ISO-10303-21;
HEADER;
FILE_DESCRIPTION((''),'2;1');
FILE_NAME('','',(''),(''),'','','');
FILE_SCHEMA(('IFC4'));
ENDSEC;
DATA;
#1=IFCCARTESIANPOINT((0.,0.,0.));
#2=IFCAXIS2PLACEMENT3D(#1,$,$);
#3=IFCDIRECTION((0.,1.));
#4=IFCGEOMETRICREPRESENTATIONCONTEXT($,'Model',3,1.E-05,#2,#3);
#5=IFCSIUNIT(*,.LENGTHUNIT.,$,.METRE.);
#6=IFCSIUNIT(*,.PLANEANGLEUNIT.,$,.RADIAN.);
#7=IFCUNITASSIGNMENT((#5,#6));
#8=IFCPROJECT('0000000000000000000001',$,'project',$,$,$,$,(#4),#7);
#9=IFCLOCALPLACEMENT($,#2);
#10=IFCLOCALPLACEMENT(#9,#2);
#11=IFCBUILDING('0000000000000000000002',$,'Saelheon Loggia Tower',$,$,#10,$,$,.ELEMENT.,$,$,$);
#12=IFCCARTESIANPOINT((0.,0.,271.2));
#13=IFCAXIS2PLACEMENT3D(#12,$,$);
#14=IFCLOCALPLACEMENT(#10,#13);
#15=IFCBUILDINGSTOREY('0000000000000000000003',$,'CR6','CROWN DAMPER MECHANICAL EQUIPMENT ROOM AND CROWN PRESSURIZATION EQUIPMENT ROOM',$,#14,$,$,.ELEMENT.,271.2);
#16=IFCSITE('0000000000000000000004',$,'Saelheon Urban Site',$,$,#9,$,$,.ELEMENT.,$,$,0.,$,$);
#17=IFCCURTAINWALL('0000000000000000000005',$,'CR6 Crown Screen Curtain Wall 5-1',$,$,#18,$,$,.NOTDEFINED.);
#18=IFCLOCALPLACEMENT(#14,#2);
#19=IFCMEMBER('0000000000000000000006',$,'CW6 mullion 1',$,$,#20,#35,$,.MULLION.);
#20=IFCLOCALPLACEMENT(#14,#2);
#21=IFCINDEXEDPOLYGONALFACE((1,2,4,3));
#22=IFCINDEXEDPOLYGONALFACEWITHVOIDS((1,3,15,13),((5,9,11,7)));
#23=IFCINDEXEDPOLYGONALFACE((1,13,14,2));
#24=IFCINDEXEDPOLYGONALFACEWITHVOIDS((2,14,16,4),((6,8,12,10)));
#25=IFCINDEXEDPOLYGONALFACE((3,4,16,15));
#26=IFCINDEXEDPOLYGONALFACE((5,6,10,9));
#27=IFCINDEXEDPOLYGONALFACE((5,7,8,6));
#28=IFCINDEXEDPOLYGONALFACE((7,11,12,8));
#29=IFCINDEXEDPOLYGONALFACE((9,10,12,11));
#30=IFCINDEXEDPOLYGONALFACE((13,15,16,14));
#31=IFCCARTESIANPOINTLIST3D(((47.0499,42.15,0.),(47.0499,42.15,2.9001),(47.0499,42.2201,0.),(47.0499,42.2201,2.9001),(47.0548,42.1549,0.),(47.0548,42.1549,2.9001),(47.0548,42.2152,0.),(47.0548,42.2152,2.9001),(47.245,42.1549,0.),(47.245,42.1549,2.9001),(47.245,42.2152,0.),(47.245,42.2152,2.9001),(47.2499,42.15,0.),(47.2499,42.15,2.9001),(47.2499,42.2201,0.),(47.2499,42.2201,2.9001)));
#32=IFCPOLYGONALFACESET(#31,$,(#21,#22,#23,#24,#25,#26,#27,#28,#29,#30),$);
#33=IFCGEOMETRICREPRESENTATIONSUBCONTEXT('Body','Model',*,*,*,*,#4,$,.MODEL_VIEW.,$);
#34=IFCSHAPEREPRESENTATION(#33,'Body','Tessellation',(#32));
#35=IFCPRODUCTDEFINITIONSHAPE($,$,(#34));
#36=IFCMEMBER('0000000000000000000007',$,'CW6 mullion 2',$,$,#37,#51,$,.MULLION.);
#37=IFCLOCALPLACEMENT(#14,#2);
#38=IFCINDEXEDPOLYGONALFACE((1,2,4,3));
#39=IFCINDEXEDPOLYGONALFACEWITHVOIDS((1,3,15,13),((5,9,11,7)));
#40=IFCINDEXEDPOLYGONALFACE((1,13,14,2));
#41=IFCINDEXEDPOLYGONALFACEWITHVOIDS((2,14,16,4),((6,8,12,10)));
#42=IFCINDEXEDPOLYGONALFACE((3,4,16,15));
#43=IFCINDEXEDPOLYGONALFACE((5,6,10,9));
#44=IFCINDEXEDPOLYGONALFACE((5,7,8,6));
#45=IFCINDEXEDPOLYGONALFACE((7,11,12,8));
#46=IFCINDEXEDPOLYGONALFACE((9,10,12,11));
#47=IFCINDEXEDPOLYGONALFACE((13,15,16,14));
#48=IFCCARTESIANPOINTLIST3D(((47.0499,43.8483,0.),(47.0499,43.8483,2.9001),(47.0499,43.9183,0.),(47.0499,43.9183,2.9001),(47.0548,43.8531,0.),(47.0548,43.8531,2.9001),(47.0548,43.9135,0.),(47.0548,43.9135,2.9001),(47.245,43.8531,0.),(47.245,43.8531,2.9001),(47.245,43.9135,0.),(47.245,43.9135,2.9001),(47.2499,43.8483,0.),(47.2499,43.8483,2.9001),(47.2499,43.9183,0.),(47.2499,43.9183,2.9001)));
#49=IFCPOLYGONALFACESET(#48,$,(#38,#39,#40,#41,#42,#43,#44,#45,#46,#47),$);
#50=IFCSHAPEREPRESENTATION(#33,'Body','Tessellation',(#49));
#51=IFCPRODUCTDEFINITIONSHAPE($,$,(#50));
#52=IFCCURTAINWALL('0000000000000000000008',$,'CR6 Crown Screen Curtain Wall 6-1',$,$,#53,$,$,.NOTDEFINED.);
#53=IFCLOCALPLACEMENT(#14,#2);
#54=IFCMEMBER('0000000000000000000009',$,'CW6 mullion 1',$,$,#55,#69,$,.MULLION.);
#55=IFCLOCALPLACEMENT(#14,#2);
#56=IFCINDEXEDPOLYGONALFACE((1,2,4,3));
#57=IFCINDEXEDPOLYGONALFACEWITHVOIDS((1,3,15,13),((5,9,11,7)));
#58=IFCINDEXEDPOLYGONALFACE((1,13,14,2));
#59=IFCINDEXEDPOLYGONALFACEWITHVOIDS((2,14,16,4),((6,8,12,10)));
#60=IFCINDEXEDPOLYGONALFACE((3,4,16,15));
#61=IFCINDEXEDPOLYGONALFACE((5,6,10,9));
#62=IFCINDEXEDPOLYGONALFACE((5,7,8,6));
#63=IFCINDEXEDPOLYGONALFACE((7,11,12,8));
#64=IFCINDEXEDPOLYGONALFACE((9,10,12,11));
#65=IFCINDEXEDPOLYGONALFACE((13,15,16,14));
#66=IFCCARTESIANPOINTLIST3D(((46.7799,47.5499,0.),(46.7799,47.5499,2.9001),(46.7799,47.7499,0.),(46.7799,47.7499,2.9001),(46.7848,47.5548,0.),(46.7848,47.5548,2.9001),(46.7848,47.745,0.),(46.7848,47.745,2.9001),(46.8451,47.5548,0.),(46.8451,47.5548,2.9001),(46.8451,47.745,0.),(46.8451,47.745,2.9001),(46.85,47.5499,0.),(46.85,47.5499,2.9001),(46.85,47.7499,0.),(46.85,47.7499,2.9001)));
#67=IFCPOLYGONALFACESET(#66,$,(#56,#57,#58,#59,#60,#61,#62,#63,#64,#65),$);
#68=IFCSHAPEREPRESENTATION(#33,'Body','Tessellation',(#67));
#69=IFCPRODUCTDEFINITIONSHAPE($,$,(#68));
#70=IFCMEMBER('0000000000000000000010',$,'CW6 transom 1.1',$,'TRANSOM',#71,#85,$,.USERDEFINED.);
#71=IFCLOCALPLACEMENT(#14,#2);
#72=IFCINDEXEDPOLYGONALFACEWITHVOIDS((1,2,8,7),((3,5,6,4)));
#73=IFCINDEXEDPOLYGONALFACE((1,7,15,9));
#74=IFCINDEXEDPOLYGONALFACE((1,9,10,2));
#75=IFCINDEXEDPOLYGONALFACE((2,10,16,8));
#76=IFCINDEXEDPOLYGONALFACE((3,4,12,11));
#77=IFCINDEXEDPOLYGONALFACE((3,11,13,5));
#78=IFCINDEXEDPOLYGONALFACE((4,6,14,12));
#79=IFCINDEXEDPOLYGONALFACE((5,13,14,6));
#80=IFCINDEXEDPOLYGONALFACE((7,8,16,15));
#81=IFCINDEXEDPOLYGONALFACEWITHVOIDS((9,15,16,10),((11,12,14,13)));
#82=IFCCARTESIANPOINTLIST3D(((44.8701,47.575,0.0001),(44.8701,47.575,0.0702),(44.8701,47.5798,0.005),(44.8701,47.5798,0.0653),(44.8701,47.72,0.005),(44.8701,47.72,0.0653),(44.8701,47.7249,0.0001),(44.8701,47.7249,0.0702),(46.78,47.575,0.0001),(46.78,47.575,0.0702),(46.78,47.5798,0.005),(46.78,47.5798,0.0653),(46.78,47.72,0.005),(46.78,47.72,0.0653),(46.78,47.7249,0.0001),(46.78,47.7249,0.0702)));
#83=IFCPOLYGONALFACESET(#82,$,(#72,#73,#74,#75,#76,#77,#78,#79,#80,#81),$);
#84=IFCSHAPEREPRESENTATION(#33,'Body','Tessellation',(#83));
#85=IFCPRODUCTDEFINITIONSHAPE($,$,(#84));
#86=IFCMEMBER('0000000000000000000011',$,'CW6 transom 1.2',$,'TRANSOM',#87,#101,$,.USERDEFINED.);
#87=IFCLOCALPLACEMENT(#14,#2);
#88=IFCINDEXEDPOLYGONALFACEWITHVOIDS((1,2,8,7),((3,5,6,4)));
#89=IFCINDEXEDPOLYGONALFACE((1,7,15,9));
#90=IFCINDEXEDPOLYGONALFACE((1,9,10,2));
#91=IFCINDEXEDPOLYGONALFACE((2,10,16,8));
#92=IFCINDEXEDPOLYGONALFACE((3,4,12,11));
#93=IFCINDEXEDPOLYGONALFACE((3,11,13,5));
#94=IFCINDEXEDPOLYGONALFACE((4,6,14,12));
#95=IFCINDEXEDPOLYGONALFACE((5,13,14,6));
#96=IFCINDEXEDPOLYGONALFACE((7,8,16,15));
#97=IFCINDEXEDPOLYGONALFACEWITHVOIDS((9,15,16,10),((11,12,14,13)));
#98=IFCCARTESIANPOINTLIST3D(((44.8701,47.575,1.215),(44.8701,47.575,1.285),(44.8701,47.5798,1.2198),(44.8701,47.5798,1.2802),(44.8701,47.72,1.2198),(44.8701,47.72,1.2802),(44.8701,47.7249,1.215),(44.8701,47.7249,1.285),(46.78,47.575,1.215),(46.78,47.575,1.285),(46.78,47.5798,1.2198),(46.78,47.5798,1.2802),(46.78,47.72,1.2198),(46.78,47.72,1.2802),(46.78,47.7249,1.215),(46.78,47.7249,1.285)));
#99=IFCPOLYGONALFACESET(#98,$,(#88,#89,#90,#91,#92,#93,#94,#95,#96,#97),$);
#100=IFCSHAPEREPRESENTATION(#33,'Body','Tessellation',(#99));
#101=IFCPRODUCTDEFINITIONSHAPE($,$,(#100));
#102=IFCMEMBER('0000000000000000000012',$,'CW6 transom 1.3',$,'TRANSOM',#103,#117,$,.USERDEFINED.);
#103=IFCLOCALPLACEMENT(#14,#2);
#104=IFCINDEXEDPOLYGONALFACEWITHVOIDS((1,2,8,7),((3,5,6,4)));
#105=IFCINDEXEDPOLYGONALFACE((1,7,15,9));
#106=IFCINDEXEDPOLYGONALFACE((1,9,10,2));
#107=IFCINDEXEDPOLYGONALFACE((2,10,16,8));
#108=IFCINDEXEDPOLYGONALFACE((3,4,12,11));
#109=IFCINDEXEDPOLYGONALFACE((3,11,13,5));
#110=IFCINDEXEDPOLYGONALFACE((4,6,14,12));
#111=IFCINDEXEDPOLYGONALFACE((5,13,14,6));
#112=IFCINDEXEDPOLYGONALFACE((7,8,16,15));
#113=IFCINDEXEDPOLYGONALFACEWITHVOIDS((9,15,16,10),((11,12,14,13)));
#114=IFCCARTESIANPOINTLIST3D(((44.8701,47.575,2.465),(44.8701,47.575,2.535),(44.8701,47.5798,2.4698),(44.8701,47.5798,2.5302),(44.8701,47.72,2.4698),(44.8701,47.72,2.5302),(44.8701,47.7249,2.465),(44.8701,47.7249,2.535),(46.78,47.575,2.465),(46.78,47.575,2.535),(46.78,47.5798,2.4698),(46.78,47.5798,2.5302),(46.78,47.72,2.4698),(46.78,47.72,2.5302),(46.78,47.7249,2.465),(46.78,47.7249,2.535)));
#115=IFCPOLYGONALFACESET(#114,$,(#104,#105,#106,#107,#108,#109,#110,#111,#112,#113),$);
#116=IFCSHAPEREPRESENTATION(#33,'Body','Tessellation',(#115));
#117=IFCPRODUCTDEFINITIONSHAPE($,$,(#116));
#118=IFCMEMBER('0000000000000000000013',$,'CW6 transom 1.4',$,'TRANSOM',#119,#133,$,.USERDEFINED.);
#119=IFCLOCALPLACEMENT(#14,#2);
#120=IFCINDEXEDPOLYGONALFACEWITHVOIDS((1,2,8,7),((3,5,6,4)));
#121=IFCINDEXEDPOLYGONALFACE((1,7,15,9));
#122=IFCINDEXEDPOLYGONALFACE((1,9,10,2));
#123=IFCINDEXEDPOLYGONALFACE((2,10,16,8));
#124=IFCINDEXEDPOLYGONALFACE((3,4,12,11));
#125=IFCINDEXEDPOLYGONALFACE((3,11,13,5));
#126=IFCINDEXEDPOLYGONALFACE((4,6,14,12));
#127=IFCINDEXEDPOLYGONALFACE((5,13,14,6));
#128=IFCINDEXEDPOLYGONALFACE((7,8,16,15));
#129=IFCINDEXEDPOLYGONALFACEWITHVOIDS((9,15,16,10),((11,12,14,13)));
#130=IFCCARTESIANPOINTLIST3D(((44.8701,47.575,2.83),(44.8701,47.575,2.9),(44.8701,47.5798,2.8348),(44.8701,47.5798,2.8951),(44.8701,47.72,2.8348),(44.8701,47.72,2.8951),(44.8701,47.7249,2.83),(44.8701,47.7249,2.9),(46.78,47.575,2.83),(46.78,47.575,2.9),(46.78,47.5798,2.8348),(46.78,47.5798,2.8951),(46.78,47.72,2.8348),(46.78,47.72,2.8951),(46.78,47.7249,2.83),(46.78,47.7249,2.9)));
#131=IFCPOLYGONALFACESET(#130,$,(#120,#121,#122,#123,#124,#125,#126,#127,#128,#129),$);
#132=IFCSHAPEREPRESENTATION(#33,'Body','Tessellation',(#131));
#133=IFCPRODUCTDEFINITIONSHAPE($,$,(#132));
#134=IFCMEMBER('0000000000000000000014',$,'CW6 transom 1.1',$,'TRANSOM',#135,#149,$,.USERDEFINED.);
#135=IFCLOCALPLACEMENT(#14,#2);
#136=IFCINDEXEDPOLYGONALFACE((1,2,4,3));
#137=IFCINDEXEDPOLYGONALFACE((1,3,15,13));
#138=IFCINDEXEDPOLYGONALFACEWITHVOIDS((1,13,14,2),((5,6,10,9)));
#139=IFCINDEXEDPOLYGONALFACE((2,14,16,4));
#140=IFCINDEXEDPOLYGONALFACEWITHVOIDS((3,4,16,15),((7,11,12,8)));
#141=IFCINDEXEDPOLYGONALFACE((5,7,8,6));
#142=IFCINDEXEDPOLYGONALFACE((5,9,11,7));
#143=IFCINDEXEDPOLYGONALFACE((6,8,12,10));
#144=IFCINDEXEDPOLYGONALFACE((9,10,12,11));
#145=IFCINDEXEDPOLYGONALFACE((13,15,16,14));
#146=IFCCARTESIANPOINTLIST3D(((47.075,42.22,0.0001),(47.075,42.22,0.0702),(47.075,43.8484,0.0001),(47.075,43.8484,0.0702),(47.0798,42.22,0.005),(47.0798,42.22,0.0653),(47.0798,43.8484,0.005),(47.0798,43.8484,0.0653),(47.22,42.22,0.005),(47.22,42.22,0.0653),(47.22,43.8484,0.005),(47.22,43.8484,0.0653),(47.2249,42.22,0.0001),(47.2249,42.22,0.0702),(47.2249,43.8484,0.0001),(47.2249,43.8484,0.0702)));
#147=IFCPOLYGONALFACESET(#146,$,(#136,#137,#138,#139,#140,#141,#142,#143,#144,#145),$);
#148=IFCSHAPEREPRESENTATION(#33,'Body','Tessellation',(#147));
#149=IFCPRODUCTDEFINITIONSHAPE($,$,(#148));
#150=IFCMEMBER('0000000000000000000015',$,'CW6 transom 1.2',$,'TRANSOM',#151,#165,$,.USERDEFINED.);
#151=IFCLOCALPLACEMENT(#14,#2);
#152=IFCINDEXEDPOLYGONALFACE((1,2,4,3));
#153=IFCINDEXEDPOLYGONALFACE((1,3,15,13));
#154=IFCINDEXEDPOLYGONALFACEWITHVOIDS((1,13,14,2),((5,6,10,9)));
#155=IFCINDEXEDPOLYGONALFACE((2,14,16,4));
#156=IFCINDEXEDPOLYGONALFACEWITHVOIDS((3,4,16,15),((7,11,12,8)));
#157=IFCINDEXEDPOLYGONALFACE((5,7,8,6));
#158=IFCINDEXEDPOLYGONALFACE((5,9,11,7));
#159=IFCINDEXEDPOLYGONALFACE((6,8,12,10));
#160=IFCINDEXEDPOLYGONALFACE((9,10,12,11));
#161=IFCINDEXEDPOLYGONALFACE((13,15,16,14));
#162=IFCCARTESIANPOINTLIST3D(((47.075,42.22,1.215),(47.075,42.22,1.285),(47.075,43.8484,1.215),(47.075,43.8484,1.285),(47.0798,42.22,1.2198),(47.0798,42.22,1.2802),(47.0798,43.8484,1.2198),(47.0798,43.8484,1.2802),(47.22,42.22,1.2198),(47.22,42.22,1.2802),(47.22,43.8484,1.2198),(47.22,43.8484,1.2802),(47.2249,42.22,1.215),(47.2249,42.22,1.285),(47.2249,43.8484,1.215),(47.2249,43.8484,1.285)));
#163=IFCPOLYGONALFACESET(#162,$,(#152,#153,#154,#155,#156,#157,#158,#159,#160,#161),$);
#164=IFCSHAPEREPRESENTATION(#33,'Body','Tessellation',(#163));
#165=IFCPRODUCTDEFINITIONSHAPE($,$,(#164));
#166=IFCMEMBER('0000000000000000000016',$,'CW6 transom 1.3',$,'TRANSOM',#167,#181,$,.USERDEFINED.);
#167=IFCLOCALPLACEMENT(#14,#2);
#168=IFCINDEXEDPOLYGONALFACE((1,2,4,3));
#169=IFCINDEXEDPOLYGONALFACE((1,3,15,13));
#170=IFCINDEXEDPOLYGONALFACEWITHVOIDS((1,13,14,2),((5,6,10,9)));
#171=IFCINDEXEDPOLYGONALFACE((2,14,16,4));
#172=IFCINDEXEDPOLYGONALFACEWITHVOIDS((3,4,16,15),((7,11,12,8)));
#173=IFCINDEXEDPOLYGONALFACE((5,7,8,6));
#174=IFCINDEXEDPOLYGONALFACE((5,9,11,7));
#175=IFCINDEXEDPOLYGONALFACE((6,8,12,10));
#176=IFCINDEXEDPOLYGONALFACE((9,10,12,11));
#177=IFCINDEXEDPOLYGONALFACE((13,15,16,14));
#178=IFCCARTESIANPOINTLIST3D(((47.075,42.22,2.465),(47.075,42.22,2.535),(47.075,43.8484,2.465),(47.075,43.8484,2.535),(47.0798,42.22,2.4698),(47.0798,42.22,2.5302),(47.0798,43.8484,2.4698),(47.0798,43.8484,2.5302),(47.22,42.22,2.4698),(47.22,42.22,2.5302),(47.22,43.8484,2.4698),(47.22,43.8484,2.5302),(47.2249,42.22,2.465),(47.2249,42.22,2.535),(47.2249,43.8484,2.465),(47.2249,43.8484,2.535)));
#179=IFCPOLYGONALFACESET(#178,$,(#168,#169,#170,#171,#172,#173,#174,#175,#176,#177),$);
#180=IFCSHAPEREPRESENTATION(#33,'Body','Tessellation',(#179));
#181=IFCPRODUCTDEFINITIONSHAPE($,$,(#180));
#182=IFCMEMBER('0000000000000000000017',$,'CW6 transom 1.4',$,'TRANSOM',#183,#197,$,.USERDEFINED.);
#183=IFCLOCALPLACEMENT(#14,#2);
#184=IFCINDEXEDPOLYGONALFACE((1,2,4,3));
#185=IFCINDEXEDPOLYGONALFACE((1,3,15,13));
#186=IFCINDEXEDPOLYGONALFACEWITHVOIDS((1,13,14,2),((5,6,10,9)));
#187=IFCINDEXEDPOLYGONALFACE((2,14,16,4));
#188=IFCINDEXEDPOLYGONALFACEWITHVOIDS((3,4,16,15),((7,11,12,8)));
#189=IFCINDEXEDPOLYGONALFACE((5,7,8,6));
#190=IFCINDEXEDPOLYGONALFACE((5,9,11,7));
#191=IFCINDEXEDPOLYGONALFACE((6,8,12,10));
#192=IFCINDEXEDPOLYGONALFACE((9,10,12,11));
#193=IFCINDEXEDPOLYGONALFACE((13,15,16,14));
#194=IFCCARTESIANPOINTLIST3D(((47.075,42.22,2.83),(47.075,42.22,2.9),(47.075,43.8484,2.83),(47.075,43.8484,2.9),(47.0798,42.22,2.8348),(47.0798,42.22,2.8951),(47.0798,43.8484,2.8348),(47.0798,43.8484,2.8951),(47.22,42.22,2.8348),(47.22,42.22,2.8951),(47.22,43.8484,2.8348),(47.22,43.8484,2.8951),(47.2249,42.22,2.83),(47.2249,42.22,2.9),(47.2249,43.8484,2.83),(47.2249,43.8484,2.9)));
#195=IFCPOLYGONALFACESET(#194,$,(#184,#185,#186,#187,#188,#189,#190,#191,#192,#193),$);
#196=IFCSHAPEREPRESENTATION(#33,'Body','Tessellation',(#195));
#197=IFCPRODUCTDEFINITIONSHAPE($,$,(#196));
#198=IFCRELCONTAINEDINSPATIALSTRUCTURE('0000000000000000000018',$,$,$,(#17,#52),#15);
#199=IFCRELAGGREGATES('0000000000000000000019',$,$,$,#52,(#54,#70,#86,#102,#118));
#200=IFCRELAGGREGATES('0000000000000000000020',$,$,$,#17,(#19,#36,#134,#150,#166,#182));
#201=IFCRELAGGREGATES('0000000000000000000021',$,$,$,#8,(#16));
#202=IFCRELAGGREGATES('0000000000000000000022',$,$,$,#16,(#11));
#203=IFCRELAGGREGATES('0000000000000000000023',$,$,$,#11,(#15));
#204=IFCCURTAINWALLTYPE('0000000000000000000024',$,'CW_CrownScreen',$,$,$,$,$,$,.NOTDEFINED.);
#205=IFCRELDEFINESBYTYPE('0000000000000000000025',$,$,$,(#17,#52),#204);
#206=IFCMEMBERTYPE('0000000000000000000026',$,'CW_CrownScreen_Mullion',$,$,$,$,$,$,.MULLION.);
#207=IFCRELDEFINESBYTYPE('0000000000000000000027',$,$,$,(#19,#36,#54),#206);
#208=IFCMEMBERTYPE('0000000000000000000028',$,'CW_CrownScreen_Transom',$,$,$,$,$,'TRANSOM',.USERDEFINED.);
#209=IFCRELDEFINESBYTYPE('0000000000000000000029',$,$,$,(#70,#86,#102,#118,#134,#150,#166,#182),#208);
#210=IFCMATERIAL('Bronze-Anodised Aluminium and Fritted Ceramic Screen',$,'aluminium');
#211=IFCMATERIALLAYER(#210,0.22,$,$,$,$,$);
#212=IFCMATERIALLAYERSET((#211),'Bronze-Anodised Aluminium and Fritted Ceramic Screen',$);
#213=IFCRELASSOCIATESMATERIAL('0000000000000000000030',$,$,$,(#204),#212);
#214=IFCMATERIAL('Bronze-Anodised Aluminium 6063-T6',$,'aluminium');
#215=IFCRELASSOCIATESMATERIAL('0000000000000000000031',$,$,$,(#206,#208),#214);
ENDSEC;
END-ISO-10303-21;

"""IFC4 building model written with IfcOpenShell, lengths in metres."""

from ifc_helpers import new_model, si_unit, direction, frame, origin, origin_2d, place, context, subcontext, project, spatial, hollow_rectangle, extrude, source, transform, mapped, material, layer, layer_set, material_profile, profile_set, type_object, element, aggregate, save


model = new_model("IFC4")

# Units and contexts
model_context = context("Model", 3, precision=1e-05, world=origin(), true_north=direction((0.0, 1.0)))
body_context = subcontext(model_context, "Body", "Model", "MODEL_VIEW")
ifc_project = project(units=[si_unit("LENGTHUNIT", "METRE"), si_unit("PLANEANGLEUNIT", "RADIAN")], contexts=[model_context])

# Site, building, storey
site_placement = place(None, origin())
site = spatial("IfcSite", under=ifc_project, at=site_placement, Name="Saelheon Urban Site", CompositionType="ELEMENT", RefElevation=0.0)
building_placement = place(site_placement, origin())
building = spatial("IfcBuilding", under=site, at=building_placement, Name="Saelheon Loggia Tower", CompositionType="ELEMENT")
storey_placement = place(building_placement, frame((0.0, 0.0, 271.2)))
storey = spatial("IfcBuildingStorey", under=building, at=storey_placement, Name="CR6", Description="CROWN DAMPER MECHANICAL EQUIPMENT ROOM AND CROWN PRESSURIZATION EQUIPMENT ROOM", CompositionType="ELEMENT", Elevation=271.2)

# Curtain walls, members
ifc_material_1 = material(Name="Bronze-Anodised Aluminium and Fritted Ceramic Screen", Category="aluminium")
ifc_layer_1 = layer(ifc_material_1, 0.22)
ifc_layer_set_1 = layer_set([ifc_layer_1], Name="Bronze-Anodised Aluminium and Fritted Ceramic Screen")
curtain_wall_type = type_object("IfcCurtainWallType", Name="CW_CrownScreen", PredefinedType="NOTDEFINED", material=ifc_layer_set_1)
curtain_wall_1_placement = place(storey_placement, origin())
curtain_wall_1 = element("IfcCurtainWall", 1, at=curtain_wall_1_placement, inside=storey, type_object=curtain_wall_type, Name="CR6 Crown Screen Curtain Wall 5-1", PredefinedType="NOTDEFINED")
ifc_material_2 = material(Name="Bronze-Anodised Aluminium 6063-T6", Category="aluminium")
ifc_material_profile_1 = material_profile(ifc_material_2, hollow_rectangle(XDim=0.0701, YDim=0.2, WallThickness=0.0049, at=origin_2d()), Name="RHS-200x70x5")
ifc_profile_set_1 = profile_set([ifc_material_profile_1], Name="Bronze-Anodised Aluminium 6063-T6")
member_type_1 = type_object("IfcMemberType", Name="CW_CrownScreen_Mullion", PredefinedType="MULLION", material=ifc_profile_set_1)
shared_shape_1 = source(origin(), body_context, "Body", "SweptSolid", [
    extrude(hollow_rectangle(XDim=0.0701, YDim=0.2, WallThickness=0.0049, at=origin_2d()), origin(), (0.0, 0.0, 1.0), 2.9001),
])
member_1_placement = place(storey_placement, frame((47.1499, 42.1851, 0.0), z_axis=(0.0, 0.0, 1.0), x_axis=(0.0, 1.0, 0.0)))
member_1 = element("IfcMember", 2, at=member_1_placement, type_object=member_type_1, Name="CW6 mullion 1", PredefinedType="MULLION", context=body_context, shape_type="MappedRepresentation", body=[
    mapped(shared_shape_1, transform((0.0, 0.0, 0.0), scale=1.0)),
])
member_2_placement = place(storey_placement, frame((47.1499, 43.8833, 0.0), z_axis=(0.0, 0.0, 1.0), x_axis=(0.0, 1.0, 0.0)))
member_2 = element("IfcMember", 3, at=member_2_placement, type_object=member_type_1, Name="CW6 mullion 2", PredefinedType="MULLION", context=body_context, shape_type="MappedRepresentation", body=[
    mapped(shared_shape_1, transform((0.0, 0.0, 0.0), scale=1.0)),
])
curtain_wall_2_placement = place(storey_placement, origin())
curtain_wall_2 = element("IfcCurtainWall", 4, at=curtain_wall_2_placement, inside=storey, type_object=curtain_wall_type, Name="CR6 Crown Screen Curtain Wall 6-1", PredefinedType="NOTDEFINED")
member_3_placement = place(storey_placement, frame((46.8149, 47.6499, 0.0), z_axis=(0.0, 0.0, 1.0), x_axis=(-1.0, 0.0, 0.0)))
member_3 = element("IfcMember", 5, at=member_3_placement, type_object=member_type_1, Name="CW6 mullion 1", PredefinedType="MULLION", context=body_context, shape_type="MappedRepresentation", body=[
    mapped(shared_shape_1, transform((0.0, 0.0, 0.0), scale=1.0)),
])
ifc_material_profile_2 = material_profile(ifc_material_2, hollow_rectangle(XDim=0.0701, YDim=0.1499, WallThickness=0.0049, at=origin_2d()), Name="RHS-150x70x5")
ifc_profile_set_2 = profile_set([ifc_material_profile_2], Name="Bronze-Anodised Aluminium 6063-T6")
member_type_2 = type_object("IfcMemberType", Name="CW_CrownScreen_Transom", ElementType="TRANSOM", PredefinedType="USERDEFINED", material=ifc_profile_set_2)
shared_shape_2 = source(origin(), body_context, "Body", "SweptSolid", [
    extrude(hollow_rectangle(XDim=0.0701, YDim=0.1499, WallThickness=0.0049, at=origin_2d()), origin(), (0.0, 0.0, 1.0), 1.9099),
])
member_4_placement = place(storey_placement, frame((46.78, 47.6499, 0.0352), z_axis=(-1.0, 0.0, 0.0), x_axis=(0.0, 0.0, 1.0)))
member_4 = element("IfcMember", 6, at=member_4_placement, type_object=member_type_2, Name="CW6 transom 1.1", ObjectType="TRANSOM", PredefinedType="USERDEFINED", context=body_context, shape_type="MappedRepresentation", body=[
    mapped(shared_shape_2, transform((0.0, 0.0, 0.0), scale=1.0)),
])
member_5_placement = place(storey_placement, frame((46.78, 47.6499, 1.25), z_axis=(-1.0, 0.0, 0.0), x_axis=(0.0, 0.0, 1.0)))
member_5 = element("IfcMember", 7, at=member_5_placement, type_object=member_type_2, Name="CW6 transom 1.2", ObjectType="TRANSOM", PredefinedType="USERDEFINED", context=body_context, shape_type="MappedRepresentation", body=[
    mapped(shared_shape_2, transform((0.0, 0.0, 0.0), scale=1.0)),
])
member_6_placement = place(storey_placement, frame((46.78, 47.6499, 2.5), z_axis=(-1.0, 0.0, 0.0), x_axis=(0.0, 0.0, 1.0)))
member_6 = element("IfcMember", 8, at=member_6_placement, type_object=member_type_2, Name="CW6 transom 1.3", ObjectType="TRANSOM", PredefinedType="USERDEFINED", context=body_context, shape_type="MappedRepresentation", body=[
    mapped(shared_shape_2, transform((0.0, 0.0, 0.0), scale=1.0)),
])
member_7_placement = place(storey_placement, frame((46.78, 47.6499, 2.865), z_axis=(-1.0, 0.0, 0.0), x_axis=(0.0, 0.0, 1.0)))
member_7 = element("IfcMember", 9, at=member_7_placement, type_object=member_type_2, Name="CW6 transom 1.4", ObjectType="TRANSOM", PredefinedType="USERDEFINED", context=body_context, shape_type="MappedRepresentation", body=[
    mapped(shared_shape_2, transform((0.0, 0.0, 0.0), scale=1.0)),
])

# Members
shared_shape_3 = source(origin(), body_context, "Body", "SweptSolid", [
    extrude(hollow_rectangle(XDim=0.0701, YDim=0.1499, WallThickness=0.0049, at=origin_2d()), origin(), (0.0, 0.0, 1.0), 1.6284),
])
member_8_placement = place(storey_placement, frame((47.1499, 42.22, 0.0352), z_axis=(0.0, 1.0, 0.0), x_axis=(0.0, 0.0, 1.0)))
member_8 = element("IfcMember", 10, at=member_8_placement, type_object=member_type_2, Name="CW6 transom 1.1", ObjectType="TRANSOM", PredefinedType="USERDEFINED", context=body_context, shape_type="MappedRepresentation", body=[
    mapped(shared_shape_3, transform((0.0, 0.0, 0.0), scale=1.0)),
])
member_9_placement = place(storey_placement, frame((47.1499, 42.22, 1.25), z_axis=(0.0, 1.0, 0.0), x_axis=(0.0, 0.0, 1.0)))
member_9 = element("IfcMember", 11, at=member_9_placement, type_object=member_type_2, Name="CW6 transom 1.2", ObjectType="TRANSOM", PredefinedType="USERDEFINED", context=body_context, shape_type="MappedRepresentation", body=[
    mapped(shared_shape_3, transform((0.0, 0.0, 0.0), scale=1.0)),
])
member_10_placement = place(storey_placement, frame((47.1499, 42.22, 2.5), z_axis=(0.0, 1.0, 0.0), x_axis=(0.0, 0.0, 1.0)))
member_10 = element("IfcMember", 12, at=member_10_placement, type_object=member_type_2, Name="CW6 transom 1.3", ObjectType="TRANSOM", PredefinedType="USERDEFINED", context=body_context, shape_type="MappedRepresentation", body=[
    mapped(shared_shape_3, transform((0.0, 0.0, 0.0), scale=1.0)),
])
member_11_placement = place(storey_placement, frame((47.1499, 42.22, 2.865), z_axis=(0.0, 1.0, 0.0), x_axis=(0.0, 0.0, 1.0)))
member_11 = element("IfcMember", 13, at=member_11_placement, type_object=member_type_2, Name="CW6 transom 1.4", ObjectType="TRANSOM", PredefinedType="USERDEFINED", context=body_context, shape_type="MappedRepresentation", body=[
    mapped(shared_shape_3, transform((0.0, 0.0, 0.0), scale=1.0)),
])

aggregate(curtain_wall_2, [member_3, member_4, member_5, member_6, member_7])
aggregate(curtain_wall_1, [member_1, member_2, member_8, member_9, member_10, member_11])

save(model, "model.ifc")
